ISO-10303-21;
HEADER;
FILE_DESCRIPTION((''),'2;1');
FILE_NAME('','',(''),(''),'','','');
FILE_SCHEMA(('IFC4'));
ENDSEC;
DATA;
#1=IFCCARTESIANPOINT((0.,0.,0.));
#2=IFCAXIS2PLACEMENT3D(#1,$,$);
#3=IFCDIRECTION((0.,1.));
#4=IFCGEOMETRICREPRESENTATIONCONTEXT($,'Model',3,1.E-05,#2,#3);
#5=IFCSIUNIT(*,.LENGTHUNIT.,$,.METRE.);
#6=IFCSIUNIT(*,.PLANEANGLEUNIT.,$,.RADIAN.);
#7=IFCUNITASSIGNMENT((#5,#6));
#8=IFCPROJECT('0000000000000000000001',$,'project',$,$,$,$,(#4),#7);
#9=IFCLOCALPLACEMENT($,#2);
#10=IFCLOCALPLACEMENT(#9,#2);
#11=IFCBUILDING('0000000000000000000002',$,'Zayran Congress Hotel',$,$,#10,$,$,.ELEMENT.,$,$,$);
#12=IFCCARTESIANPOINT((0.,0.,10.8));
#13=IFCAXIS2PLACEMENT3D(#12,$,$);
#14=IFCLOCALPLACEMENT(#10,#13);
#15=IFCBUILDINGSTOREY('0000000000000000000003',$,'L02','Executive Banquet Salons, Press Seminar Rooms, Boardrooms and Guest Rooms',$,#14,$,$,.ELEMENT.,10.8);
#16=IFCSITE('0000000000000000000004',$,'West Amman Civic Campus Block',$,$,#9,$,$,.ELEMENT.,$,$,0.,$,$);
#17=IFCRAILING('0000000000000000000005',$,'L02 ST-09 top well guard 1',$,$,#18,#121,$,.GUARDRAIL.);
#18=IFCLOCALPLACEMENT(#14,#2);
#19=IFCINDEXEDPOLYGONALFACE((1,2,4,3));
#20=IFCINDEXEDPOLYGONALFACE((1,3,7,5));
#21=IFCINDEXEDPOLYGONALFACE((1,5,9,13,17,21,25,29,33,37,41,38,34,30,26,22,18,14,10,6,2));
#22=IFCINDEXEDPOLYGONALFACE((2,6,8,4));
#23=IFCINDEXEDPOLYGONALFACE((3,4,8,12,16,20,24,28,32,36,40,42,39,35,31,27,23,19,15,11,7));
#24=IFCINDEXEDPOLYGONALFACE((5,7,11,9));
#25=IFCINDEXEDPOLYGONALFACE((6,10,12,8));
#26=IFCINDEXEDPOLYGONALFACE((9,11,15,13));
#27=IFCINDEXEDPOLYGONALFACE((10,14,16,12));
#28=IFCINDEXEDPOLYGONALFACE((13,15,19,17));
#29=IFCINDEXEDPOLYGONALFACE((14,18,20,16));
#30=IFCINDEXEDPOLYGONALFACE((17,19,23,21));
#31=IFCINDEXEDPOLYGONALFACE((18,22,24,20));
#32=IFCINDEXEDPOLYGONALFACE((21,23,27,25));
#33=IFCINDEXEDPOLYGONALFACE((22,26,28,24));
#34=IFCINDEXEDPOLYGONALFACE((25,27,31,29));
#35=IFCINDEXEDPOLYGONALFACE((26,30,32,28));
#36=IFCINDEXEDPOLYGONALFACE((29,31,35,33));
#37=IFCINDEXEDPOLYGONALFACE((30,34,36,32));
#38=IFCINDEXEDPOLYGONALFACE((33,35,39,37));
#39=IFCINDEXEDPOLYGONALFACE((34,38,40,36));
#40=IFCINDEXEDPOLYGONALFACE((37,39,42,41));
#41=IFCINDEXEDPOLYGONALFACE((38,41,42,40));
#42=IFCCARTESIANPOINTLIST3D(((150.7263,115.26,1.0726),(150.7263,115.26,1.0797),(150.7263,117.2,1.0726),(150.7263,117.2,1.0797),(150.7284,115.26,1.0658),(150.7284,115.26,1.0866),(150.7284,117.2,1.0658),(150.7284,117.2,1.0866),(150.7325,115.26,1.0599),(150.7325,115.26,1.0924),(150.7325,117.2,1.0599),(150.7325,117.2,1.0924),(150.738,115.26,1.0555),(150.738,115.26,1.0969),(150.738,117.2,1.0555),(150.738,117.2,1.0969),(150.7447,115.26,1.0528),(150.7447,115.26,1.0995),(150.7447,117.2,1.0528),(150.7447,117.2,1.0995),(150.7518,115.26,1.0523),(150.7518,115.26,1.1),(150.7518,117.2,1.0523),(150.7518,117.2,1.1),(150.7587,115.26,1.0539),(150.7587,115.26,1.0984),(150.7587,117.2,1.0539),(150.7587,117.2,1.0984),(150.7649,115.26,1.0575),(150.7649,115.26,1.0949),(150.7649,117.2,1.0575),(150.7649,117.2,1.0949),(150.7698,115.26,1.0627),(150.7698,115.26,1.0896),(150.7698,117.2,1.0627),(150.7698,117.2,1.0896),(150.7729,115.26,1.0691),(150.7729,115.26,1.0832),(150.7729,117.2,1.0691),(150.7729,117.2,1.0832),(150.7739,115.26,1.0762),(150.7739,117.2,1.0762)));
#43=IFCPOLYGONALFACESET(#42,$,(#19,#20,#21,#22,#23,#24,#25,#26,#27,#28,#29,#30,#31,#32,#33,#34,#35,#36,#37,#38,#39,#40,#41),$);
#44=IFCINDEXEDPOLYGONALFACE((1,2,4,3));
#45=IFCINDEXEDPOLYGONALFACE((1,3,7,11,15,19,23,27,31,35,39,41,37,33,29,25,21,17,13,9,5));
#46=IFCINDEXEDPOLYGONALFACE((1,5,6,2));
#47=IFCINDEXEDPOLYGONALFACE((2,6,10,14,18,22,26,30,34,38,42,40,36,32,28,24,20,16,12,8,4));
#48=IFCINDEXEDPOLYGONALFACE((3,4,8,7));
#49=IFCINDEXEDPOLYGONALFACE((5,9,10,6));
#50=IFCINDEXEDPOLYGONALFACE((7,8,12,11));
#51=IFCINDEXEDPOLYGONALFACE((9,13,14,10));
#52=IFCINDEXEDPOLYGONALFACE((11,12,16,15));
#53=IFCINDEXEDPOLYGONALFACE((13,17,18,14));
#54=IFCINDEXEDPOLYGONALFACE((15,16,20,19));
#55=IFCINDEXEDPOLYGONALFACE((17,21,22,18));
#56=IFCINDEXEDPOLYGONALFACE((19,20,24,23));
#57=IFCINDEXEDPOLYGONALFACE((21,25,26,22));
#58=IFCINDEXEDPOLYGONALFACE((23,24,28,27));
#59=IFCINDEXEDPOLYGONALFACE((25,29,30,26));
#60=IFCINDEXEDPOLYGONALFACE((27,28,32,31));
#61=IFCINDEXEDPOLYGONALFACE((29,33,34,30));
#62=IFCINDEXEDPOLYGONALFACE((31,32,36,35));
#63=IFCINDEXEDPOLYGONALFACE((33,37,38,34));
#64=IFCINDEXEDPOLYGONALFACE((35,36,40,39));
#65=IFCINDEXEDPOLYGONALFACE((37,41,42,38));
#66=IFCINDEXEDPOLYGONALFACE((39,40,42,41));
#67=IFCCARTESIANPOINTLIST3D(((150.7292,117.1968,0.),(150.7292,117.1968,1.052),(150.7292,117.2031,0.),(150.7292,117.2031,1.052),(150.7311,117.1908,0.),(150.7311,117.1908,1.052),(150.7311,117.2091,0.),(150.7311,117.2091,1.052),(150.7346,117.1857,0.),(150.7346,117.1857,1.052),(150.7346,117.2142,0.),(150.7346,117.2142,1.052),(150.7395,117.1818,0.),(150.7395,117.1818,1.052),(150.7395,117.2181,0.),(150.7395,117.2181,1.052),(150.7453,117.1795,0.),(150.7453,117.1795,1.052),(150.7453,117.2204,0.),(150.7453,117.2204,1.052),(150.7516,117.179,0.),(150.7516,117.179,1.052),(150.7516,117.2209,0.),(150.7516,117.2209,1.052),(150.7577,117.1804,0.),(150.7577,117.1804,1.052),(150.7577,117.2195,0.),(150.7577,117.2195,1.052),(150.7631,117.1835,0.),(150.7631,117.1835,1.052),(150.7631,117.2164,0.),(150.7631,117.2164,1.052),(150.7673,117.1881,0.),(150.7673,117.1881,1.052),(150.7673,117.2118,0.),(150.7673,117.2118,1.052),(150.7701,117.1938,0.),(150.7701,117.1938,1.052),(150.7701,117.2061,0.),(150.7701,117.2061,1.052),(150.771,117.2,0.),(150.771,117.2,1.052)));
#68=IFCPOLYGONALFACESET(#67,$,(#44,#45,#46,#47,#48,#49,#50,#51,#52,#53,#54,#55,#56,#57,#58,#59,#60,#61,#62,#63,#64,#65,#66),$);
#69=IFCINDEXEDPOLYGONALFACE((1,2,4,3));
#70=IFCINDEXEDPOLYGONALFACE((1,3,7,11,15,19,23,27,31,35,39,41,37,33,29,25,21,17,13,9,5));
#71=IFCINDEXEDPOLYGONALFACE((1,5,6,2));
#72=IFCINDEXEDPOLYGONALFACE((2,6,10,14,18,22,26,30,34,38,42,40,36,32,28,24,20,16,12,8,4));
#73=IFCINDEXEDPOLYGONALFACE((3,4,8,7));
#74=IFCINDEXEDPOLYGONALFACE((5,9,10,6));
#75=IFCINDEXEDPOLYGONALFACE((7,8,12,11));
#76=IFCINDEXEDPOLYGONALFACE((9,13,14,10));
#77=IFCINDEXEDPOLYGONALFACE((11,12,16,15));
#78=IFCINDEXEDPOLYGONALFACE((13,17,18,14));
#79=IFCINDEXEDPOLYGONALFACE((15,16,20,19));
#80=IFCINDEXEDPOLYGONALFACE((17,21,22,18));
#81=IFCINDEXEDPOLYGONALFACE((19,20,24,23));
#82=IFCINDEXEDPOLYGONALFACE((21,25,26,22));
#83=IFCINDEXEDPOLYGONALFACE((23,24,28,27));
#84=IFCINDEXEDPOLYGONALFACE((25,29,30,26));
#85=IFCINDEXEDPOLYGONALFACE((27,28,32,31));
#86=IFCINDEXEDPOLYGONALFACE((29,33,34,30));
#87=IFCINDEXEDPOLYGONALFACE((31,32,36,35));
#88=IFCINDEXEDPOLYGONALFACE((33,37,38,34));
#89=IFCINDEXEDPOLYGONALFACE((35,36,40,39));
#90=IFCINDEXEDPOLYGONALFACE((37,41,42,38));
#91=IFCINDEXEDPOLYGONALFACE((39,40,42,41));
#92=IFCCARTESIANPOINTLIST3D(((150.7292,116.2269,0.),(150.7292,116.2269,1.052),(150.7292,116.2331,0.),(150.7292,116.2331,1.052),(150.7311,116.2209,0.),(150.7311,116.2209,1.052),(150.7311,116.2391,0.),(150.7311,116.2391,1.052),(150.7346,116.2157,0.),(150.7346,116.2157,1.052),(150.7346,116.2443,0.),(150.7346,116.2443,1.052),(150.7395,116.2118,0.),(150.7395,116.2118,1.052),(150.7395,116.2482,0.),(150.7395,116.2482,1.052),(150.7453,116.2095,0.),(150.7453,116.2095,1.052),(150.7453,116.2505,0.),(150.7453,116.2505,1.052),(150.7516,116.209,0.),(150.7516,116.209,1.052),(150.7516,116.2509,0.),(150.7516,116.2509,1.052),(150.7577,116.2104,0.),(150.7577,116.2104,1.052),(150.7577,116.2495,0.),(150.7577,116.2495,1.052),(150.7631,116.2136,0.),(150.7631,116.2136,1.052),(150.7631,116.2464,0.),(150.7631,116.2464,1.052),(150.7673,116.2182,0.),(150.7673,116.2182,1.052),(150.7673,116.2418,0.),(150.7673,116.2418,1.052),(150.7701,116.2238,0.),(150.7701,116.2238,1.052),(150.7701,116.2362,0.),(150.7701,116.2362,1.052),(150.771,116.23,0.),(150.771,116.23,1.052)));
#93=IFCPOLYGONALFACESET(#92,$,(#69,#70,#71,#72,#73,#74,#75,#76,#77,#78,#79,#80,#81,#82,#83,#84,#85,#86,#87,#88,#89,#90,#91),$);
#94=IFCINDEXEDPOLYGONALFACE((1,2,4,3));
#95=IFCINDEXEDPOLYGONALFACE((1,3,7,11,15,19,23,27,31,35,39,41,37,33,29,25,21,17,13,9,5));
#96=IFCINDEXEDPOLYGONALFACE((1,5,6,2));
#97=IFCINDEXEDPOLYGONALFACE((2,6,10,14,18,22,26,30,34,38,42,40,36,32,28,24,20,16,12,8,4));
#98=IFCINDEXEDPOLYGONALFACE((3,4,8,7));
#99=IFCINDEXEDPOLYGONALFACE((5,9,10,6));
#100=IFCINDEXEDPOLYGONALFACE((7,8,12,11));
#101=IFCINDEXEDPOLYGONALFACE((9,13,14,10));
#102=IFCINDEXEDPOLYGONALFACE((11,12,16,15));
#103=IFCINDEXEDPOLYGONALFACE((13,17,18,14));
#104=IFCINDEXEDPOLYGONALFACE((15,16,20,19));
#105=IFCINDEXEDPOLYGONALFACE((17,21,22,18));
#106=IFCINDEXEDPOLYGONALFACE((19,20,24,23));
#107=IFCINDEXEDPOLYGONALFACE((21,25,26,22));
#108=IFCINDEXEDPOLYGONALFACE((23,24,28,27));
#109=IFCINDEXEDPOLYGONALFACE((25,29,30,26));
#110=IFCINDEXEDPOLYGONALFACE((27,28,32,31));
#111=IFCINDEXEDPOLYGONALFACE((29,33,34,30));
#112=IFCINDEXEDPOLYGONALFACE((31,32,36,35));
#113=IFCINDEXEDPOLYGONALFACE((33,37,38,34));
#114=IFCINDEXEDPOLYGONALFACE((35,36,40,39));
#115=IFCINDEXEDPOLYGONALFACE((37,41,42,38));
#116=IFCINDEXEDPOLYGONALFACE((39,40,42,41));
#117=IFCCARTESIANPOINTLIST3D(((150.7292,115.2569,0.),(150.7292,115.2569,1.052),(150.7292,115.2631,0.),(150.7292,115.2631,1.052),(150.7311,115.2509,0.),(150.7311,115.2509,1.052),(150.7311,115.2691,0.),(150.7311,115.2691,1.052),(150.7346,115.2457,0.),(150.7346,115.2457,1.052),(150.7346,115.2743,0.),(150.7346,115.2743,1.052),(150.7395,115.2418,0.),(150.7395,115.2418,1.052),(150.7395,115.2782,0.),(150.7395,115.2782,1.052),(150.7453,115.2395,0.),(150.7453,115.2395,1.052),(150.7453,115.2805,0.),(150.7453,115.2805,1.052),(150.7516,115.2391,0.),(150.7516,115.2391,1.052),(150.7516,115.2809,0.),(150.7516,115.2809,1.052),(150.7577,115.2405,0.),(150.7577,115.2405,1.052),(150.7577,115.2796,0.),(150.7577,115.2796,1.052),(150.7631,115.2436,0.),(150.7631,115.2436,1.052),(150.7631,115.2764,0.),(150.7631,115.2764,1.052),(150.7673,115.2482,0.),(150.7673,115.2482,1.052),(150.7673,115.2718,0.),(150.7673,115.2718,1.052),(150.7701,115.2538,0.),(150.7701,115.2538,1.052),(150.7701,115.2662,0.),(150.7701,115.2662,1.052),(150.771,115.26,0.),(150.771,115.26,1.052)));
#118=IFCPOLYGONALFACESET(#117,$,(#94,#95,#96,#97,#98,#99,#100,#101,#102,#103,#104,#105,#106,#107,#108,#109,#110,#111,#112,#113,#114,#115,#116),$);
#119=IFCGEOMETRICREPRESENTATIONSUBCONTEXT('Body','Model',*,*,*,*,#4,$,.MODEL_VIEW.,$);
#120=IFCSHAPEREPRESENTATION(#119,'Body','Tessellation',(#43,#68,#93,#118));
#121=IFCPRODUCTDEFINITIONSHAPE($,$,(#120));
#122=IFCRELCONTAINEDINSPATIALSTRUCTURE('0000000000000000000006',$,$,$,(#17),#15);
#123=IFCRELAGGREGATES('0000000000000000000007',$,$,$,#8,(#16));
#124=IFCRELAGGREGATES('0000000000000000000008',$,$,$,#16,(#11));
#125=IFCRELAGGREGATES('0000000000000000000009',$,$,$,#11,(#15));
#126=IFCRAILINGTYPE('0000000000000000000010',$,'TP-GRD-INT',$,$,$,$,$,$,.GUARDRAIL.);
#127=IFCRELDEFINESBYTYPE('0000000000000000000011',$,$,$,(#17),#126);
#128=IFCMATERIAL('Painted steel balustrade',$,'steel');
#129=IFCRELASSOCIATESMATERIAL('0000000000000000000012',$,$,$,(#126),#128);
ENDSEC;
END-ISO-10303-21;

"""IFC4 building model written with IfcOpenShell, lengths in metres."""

from ifc_helpers import new_model, si_unit, direction, frame, origin, origin_2d, place, context, subcontext, project, spatial, circle, extrude, material, type_object, element, save


model = new_model("IFC4")

# Units and contexts
model_context = context("Model", 3, precision=1e-05, world=origin(), true_north=direction((0.0, 1.0)))
body_context = subcontext(model_context, "Body", "Model", "MODEL_VIEW")
ifc_project = project(units=[si_unit("LENGTHUNIT", "METRE"), si_unit("PLANEANGLEUNIT", "RADIAN")], contexts=[model_context])

# Site, building, storey
site_placement = place(None, origin())
site = spatial("IfcSite", under=ifc_project, at=site_placement, Name="West Amman Civic Campus Block", CompositionType="ELEMENT", RefElevation=0.0)
building_placement = place(site_placement, origin())
building = spatial("IfcBuilding", under=site, at=building_placement, Name="Zayran Congress Hotel", CompositionType="ELEMENT")
storey_placement = place(building_placement, frame((0.0, 0.0, 10.8)))
storey = spatial("IfcBuildingStorey", under=building, at=storey_placement, Name="L02", Description="Executive Banquet Salons, Press Seminar Rooms, Boardrooms and Guest Rooms", CompositionType="ELEMENT", Elevation=10.8)

# Railing
ifc_material_1 = material(Name="Painted steel balustrade", Category="steel")
railing_type = type_object("IfcRailingType", Name="TP-GRD-INT", PredefinedType="GUARDRAIL", material=ifc_material_1)
railing_placement = place(storey_placement, frame((150.75, 117.2, 0.0)))
element("IfcRailing", 1, at=railing_placement, inside=storey, type_object=railing_type, Name="L02 ST-09 top well guard 1", PredefinedType="GUARDRAIL", context=body_context, shape_type="SweptSolid", body=[
    extrude(circle(Radius=0.0239, at=origin_2d()), frame((0.0, 0.0, 1.0762), z_axis=(0.0, -1.0, 0.0), x_axis=(1.0, 0.0, 0.0)), (0.0, 0.0, 1.0), 1.9399),
    extrude(circle(Radius=0.021, at=origin_2d()), origin(), (0.0, 0.0, 1.0), 1.052),
    extrude(circle(Radius=0.021, at=origin_2d()), frame((0.0, -0.97, 0.0)), (0.0, 0.0, 1.0), 1.052),
    extrude(circle(Radius=0.021, at=origin_2d()), frame((0.0, -1.9399, 0.0)), (0.0, 0.0, 1.0), 1.052),
])

save(model, "model.ifc")
